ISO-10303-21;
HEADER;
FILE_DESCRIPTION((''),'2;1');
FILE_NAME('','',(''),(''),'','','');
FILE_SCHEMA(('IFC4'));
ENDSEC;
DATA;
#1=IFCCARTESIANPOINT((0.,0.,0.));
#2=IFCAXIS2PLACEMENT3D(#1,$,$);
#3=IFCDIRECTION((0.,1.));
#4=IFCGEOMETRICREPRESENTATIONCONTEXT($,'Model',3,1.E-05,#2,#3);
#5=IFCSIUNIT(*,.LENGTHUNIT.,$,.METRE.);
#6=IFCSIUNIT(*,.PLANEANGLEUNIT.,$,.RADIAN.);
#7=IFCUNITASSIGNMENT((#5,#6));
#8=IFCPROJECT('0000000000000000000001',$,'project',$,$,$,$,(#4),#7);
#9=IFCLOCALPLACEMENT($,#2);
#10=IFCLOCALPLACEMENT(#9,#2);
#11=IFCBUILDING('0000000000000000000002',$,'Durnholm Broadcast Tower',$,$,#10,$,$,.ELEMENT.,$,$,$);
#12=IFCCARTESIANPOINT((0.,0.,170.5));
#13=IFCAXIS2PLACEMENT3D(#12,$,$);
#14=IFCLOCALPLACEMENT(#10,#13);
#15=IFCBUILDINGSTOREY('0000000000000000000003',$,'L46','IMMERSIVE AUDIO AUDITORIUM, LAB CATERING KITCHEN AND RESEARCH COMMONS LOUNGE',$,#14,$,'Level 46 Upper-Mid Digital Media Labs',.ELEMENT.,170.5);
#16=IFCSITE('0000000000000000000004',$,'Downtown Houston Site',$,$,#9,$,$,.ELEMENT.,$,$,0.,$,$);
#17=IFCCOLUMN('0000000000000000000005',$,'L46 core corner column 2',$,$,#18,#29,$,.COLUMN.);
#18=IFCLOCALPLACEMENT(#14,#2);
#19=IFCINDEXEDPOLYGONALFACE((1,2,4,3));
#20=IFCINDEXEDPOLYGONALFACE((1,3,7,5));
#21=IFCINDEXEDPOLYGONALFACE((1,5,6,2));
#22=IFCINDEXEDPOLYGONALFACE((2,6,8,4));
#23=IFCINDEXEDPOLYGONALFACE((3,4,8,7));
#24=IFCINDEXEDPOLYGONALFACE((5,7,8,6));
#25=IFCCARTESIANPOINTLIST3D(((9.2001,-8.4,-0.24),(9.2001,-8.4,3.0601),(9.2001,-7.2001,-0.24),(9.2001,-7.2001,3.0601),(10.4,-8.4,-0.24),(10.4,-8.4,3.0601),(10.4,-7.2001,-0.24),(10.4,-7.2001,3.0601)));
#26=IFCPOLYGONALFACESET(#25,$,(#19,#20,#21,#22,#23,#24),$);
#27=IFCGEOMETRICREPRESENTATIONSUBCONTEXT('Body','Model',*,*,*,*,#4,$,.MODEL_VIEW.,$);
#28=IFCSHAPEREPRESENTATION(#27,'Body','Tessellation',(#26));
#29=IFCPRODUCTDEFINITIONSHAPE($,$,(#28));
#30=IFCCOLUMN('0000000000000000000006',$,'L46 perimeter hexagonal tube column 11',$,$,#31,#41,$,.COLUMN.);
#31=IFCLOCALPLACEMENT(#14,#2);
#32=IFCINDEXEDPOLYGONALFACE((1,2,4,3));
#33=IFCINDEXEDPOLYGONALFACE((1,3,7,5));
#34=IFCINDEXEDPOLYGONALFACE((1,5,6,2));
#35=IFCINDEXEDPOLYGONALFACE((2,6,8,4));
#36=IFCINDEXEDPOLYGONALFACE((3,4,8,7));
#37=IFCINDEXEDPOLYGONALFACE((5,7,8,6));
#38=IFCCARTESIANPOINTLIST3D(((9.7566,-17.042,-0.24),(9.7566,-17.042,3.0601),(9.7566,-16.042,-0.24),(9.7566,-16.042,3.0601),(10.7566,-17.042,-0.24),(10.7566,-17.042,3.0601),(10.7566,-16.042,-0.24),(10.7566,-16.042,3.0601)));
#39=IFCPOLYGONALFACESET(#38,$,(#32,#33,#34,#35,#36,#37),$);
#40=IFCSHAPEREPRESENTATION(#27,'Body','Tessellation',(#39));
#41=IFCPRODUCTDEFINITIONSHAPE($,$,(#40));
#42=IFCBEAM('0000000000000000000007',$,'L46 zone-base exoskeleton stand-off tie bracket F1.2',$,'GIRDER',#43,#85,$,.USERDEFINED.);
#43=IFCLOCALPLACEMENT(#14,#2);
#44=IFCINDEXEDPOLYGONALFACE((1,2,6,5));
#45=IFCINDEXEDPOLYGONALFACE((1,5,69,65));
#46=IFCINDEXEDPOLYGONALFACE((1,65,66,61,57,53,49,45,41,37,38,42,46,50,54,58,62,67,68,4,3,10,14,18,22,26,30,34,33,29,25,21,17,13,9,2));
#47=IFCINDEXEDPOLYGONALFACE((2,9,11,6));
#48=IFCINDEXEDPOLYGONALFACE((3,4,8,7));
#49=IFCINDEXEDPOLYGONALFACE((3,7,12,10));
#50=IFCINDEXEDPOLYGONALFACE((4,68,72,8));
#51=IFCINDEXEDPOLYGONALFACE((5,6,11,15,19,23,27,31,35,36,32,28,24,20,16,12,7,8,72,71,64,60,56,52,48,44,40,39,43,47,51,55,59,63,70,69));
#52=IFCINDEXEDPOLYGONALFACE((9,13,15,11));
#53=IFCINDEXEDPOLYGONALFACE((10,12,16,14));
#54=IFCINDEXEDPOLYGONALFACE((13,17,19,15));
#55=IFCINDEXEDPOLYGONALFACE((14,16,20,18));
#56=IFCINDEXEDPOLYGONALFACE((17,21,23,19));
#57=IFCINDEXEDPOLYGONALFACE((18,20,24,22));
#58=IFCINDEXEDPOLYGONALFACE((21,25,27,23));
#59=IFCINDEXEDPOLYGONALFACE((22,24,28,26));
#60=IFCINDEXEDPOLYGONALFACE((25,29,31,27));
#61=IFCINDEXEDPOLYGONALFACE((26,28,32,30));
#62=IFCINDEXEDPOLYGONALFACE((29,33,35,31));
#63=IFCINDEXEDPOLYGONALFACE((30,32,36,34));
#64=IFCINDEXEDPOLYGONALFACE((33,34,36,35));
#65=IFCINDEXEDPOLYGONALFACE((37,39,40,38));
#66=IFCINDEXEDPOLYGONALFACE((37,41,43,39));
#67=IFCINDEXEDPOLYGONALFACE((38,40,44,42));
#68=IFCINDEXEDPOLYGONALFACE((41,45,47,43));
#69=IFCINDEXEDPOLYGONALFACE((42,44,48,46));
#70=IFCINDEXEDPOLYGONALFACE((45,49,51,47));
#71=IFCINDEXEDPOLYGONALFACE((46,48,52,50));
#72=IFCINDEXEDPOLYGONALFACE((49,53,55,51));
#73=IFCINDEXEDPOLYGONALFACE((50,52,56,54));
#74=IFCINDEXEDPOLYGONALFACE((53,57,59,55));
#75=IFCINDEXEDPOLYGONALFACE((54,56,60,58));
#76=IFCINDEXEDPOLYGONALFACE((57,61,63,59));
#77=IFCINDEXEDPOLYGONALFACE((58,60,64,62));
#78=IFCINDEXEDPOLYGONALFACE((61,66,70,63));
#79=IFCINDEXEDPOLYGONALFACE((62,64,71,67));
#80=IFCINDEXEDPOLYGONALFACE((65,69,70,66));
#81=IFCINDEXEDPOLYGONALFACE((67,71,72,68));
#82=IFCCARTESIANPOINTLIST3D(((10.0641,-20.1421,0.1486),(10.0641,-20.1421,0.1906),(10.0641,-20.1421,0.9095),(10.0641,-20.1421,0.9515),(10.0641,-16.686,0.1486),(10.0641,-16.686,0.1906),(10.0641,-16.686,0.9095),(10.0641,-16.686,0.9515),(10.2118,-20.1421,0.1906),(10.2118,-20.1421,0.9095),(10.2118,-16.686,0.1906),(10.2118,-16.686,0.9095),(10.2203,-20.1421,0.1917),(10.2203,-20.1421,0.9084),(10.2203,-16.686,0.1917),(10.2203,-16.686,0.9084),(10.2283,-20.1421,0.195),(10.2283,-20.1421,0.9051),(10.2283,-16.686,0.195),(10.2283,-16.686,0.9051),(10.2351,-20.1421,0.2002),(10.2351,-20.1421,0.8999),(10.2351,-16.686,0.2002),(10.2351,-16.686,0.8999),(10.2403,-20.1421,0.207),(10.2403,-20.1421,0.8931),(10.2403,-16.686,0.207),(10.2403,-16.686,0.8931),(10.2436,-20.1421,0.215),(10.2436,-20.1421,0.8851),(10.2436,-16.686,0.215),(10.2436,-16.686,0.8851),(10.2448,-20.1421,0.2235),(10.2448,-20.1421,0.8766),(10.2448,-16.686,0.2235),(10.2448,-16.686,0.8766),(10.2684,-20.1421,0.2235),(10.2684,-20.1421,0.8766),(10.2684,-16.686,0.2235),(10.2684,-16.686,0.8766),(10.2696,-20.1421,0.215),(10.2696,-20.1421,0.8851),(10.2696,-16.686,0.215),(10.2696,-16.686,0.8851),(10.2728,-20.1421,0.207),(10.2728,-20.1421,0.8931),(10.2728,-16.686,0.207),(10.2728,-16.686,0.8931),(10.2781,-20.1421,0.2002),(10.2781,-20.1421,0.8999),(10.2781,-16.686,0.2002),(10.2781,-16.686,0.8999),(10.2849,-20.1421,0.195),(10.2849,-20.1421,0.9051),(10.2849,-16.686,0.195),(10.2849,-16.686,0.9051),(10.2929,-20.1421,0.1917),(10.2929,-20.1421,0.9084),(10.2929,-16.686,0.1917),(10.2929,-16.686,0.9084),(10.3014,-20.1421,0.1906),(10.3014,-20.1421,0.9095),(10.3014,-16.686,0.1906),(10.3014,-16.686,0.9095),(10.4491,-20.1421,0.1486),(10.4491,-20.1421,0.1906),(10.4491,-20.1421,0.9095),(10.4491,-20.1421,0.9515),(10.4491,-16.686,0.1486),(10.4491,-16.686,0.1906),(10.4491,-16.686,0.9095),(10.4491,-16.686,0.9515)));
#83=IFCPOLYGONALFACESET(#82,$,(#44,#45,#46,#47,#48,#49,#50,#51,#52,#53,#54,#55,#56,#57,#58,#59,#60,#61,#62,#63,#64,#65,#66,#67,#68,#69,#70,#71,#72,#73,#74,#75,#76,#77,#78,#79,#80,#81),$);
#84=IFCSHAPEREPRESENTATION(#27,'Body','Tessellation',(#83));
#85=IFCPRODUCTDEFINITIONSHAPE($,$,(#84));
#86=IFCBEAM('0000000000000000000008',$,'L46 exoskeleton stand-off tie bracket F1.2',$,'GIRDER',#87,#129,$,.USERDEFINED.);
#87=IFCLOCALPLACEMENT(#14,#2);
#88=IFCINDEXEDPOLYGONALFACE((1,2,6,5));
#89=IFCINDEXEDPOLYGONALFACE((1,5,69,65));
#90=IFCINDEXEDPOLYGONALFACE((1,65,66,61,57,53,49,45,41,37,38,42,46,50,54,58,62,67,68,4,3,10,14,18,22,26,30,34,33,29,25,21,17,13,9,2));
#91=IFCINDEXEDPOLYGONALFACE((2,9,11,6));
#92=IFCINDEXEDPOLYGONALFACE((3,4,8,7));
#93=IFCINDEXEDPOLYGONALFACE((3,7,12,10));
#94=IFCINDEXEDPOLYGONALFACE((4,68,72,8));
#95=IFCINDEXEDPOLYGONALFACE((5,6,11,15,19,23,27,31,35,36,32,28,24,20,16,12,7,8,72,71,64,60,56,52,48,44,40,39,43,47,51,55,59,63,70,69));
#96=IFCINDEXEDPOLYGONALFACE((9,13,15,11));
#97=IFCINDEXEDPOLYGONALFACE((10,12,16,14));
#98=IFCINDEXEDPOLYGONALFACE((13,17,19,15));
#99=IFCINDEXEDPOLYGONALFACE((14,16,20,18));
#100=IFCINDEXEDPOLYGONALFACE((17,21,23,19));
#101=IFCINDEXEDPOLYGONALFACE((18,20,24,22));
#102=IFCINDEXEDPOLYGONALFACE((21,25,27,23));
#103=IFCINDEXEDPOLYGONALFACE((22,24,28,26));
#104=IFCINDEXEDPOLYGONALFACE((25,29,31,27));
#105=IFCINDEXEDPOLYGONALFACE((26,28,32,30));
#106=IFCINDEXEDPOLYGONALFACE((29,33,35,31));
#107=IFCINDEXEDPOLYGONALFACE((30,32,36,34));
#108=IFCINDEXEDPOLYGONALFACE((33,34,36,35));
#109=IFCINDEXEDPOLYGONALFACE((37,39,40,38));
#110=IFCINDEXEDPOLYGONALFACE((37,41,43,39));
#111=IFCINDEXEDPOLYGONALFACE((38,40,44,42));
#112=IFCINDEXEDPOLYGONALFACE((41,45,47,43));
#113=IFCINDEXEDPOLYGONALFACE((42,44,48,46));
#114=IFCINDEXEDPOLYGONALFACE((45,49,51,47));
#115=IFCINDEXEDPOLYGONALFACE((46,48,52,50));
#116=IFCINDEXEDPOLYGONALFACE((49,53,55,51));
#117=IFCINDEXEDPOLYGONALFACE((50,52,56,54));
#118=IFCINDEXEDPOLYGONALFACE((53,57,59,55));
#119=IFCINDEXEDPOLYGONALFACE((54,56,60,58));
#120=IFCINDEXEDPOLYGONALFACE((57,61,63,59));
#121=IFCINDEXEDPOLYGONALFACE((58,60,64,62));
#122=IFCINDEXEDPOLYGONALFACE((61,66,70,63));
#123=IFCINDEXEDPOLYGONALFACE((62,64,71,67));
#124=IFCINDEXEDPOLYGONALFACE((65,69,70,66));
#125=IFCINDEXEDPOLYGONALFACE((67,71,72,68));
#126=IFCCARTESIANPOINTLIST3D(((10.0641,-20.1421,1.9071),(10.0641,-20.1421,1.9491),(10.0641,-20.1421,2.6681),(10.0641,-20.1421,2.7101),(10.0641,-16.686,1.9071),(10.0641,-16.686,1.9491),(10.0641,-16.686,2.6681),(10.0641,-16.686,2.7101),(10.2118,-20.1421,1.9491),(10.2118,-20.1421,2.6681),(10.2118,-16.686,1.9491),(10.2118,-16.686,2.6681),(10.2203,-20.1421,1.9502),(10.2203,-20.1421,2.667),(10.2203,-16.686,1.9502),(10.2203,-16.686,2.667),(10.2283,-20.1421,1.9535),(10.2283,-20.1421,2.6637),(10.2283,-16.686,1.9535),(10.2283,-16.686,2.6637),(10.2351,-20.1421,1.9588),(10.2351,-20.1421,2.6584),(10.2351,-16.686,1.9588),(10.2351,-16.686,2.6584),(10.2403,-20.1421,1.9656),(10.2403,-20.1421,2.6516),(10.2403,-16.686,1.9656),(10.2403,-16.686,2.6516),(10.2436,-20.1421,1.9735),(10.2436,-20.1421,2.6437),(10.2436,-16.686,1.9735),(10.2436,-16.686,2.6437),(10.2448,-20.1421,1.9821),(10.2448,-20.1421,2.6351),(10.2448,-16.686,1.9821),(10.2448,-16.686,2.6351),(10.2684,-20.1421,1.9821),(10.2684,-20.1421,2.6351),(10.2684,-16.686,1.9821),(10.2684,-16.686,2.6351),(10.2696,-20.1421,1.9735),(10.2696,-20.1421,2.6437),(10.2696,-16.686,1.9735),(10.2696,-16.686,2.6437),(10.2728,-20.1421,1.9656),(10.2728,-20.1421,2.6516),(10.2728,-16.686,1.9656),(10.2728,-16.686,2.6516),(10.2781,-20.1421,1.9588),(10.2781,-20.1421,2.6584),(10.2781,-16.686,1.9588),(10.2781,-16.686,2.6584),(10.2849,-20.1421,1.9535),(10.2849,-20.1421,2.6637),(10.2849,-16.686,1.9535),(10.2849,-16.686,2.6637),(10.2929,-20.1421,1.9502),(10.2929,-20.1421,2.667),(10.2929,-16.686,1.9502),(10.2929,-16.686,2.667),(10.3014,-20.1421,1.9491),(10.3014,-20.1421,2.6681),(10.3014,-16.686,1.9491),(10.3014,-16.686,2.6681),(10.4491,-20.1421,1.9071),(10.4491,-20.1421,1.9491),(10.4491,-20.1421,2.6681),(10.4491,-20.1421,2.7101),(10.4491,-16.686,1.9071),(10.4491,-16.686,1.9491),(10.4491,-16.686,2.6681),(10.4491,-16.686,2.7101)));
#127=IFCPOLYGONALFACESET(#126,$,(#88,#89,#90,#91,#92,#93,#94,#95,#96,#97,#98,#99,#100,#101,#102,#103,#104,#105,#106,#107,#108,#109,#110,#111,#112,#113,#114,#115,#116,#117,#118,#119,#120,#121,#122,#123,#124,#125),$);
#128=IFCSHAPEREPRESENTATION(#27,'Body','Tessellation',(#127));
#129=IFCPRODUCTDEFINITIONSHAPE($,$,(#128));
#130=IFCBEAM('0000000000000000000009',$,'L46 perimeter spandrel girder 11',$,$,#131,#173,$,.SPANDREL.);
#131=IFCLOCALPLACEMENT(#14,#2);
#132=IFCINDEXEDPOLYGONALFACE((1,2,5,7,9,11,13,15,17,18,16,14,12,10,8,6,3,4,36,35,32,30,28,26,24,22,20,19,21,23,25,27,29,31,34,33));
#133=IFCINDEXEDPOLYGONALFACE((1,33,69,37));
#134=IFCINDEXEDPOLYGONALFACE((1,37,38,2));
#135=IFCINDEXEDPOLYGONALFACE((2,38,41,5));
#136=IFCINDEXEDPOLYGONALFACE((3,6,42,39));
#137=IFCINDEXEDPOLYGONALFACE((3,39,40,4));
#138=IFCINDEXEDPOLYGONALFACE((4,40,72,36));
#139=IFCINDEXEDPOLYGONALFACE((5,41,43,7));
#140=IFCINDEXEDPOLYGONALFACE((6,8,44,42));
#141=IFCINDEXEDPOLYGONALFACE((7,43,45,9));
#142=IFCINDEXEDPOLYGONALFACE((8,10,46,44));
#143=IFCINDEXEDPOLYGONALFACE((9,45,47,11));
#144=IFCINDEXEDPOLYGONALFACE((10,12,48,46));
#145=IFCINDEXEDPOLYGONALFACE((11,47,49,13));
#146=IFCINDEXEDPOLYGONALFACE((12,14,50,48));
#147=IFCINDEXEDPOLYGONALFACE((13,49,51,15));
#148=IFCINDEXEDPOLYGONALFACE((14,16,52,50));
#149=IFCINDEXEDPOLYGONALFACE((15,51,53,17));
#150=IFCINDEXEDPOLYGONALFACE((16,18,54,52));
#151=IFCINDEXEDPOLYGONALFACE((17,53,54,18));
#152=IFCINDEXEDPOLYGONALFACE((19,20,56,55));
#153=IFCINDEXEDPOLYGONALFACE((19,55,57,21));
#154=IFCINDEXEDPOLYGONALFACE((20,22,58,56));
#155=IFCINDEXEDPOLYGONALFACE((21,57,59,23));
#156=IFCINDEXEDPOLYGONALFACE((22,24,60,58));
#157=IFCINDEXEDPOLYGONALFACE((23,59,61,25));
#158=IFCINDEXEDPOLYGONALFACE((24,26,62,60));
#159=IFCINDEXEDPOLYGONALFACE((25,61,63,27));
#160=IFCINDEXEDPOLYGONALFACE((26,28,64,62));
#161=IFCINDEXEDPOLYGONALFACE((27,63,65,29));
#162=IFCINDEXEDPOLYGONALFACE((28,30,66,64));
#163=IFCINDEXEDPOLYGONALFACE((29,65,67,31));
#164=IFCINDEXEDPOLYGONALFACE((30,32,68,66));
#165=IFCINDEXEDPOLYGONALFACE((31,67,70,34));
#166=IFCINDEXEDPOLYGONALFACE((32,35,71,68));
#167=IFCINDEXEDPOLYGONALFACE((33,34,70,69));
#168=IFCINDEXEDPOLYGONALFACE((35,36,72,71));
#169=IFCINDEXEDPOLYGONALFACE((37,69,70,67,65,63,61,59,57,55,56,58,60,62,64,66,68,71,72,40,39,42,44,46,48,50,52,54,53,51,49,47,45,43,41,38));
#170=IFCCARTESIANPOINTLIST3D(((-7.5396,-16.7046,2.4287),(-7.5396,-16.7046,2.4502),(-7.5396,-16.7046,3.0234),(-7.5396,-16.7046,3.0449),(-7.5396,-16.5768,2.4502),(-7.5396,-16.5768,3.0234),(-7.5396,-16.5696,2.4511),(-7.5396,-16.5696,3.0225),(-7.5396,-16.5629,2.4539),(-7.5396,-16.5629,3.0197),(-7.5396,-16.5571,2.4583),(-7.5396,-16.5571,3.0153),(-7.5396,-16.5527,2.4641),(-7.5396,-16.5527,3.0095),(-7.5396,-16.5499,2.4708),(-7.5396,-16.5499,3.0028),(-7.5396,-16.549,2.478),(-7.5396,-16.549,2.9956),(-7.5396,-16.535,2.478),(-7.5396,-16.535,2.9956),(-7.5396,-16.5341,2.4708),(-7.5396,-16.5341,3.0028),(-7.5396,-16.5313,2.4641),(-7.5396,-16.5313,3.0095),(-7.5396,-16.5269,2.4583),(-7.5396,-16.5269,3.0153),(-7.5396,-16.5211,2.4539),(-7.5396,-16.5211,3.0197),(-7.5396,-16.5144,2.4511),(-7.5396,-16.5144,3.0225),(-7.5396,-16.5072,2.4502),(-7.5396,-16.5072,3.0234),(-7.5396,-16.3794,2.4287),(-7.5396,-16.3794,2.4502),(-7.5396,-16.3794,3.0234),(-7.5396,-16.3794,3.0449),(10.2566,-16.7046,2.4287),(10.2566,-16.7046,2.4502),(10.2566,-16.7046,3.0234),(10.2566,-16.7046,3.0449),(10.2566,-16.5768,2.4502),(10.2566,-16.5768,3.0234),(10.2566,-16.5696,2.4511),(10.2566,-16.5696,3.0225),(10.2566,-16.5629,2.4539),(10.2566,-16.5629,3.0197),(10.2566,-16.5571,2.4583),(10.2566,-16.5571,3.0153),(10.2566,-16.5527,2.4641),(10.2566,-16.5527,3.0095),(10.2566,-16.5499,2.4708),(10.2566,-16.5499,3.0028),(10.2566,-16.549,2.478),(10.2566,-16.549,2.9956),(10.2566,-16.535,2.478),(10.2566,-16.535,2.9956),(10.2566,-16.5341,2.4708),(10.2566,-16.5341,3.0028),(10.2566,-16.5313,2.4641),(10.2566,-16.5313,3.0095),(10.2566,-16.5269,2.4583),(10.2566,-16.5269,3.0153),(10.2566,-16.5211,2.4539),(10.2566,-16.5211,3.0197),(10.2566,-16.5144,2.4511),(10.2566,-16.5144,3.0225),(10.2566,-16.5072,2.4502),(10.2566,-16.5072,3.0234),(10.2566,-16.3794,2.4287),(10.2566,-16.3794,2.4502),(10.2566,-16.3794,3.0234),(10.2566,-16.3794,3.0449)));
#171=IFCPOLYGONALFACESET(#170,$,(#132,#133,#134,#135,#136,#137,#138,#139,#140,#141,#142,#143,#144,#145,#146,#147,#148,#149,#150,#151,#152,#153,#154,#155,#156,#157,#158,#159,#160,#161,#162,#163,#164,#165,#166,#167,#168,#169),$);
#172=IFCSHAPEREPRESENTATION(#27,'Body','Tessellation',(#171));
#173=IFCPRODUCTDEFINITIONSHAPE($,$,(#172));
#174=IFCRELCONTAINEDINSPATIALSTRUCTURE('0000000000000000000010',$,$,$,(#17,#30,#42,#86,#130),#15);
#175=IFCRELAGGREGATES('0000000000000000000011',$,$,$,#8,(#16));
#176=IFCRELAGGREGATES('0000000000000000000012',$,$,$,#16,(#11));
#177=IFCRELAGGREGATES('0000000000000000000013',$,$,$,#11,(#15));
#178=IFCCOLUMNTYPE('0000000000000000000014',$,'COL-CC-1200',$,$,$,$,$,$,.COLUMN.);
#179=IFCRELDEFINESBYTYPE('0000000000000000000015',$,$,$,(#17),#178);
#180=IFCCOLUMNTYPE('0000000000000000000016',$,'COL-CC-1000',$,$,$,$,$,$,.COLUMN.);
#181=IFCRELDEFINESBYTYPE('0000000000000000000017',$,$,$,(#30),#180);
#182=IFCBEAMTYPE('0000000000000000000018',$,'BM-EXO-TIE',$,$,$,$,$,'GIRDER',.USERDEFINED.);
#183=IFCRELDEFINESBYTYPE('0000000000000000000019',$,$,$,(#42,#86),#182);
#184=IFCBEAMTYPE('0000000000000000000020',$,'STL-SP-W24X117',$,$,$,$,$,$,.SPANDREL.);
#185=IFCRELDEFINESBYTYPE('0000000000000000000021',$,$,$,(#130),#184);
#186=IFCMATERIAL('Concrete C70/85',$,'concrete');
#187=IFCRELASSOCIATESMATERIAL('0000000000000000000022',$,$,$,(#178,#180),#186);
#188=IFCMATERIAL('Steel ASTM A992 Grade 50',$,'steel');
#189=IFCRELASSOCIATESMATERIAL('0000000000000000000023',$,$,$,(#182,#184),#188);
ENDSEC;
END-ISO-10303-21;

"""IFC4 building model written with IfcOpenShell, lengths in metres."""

from ifc_helpers import new_model, si_unit, direction, frame, origin, origin_2d, place, context, subcontext, project, spatial, rectangle, i_section, extrude, source, transform, mapped, material, material_profile, profile_set, type_object, type_shapes, element, save


model = new_model("IFC4")

# Units and contexts
model_context = context("Model", 3, precision=1e-05, world=origin(), true_north=direction((0.0, 1.0)))
body_context = subcontext(model_context, "Body", "Model", "MODEL_VIEW")
ifc_project = project(units=[si_unit("LENGTHUNIT", "METRE"), si_unit("PLANEANGLEUNIT", "RADIAN")], contexts=[model_context])

# Site, building, storey
site_placement = place(None, origin())
site = spatial("IfcSite", under=ifc_project, at=site_placement, Name="Downtown Houston Site", CompositionType="ELEMENT", RefElevation=0.0)
building_placement = place(site_placement, origin())
building = spatial("IfcBuilding", under=site, at=building_placement, Name="Durnholm Broadcast Tower", CompositionType="ELEMENT")
storey_placement = place(building_placement, frame((0.0, 0.0, 170.5)))
storey = spatial("IfcBuildingStorey", under=building, at=storey_placement, Name="L46", Description="IMMERSIVE AUDIO AUDITORIUM, LAB CATERING KITCHEN AND RESEARCH COMMONS LOUNGE", LongName="Level 46 Upper-Mid Digital Media Labs", CompositionType="ELEMENT", Elevation=170.5)

# Columns
ifc_material_1 = material(Name="Concrete C70/85", Category="concrete")
ifc_material_profile_1 = material_profile(ifc_material_1, rectangle(XDim=1.2, YDim=1.2, at=origin_2d()), Name="RC1200X1200")
ifc_profile_set_1 = profile_set([ifc_material_profile_1], Name="Concrete C70/85")
column_type_1 = type_object("IfcColumnType", Name="COL-CC-1200", PredefinedType="COLUMN", material=ifc_profile_set_1)
shared_shape_1 = source(origin(), body_context, "Body", "SweptSolid", [
    extrude(rectangle(XDim=1.2, YDim=1.2, at=origin_2d()), origin(), (0.0, 0.0, 1.0), 3.3),
])
type_shapes(column_type_1, [shared_shape_1])
column_1_placement = place(storey_placement, frame((9.8, -7.8, -0.24), z_axis=(0.0, 0.0, 1.0), x_axis=(1.0, 0.0, 0.0)))
element("IfcColumn", 1, at=column_1_placement, inside=storey, type_object=column_type_1, Name="L46 core corner column 2", PredefinedType="COLUMN", context=body_context, shape_type="MappedRepresentation", body=[
    mapped(shared_shape_1, transform((0.0, 0.0, 0.0), x_axis=(1.0, 0.0, 0.0), y_axis=(0.0, 1.0, 0.0), z_axis=(0.0, 0.0, 1.0), scale=1.0)),
])
ifc_material_profile_2 = material_profile(ifc_material_1, rectangle(XDim=1.0, YDim=1.0, at=origin_2d()), Name="RC1000X1000")
ifc_profile_set_2 = profile_set([ifc_material_profile_2], Name="Concrete C70/85")
column_type_2 = type_object("IfcColumnType", Name="COL-CC-1000", PredefinedType="COLUMN", material=ifc_profile_set_2)
shared_shape_2 = source(origin(), body_context, "Body", "SweptSolid", [
    extrude(rectangle(XDim=1.0, YDim=1.0, at=origin_2d()), origin(), (0.0, 0.0, 1.0), 3.3),
])
type_shapes(column_type_2, [shared_shape_2])
column_2_placement = place(storey_placement, frame((10.2566, -16.542, -0.24), z_axis=(0.0, 0.0, 1.0), x_axis=(1.0, 0.0, 0.0)))
element("IfcColumn", 2, at=column_2_placement, inside=storey, type_object=column_type_2, Name="L46 perimeter hexagonal tube column 11", PredefinedType="COLUMN", context=body_context, shape_type="MappedRepresentation", body=[
    mapped(shared_shape_2, transform((0.0, 0.0, 0.0), x_axis=(1.0, 0.0, 0.0), y_axis=(0.0, 1.0, 0.0), z_axis=(0.0, 0.0, 1.0), scale=1.0)),
])

# Beams
ifc_material_2 = material(Name="Steel ASTM A992 Grade 50", Category="steel")
ifc_material_profile_3 = material_profile(ifc_material_2, i_section(OverallWidth=0.385, OverallDepth=0.803, WebThickness=0.0237, FlangeThickness=0.042, FilletRadius=0.033, at=origin_2d()), Name="W30X261")
ifc_profile_set_3 = profile_set([ifc_material_profile_3], Name="Steel ASTM A992 Grade 50")
beam_type_1 = type_object("IfcBeamType", Name="BM-EXO-TIE", ElementType="GIRDER", PredefinedType="USERDEFINED", material=ifc_profile_set_3)
shared_shape_3 = source(origin(), body_context, "Body", "SweptSolid", [
    extrude(i_section(OverallWidth=0.385, OverallDepth=0.803, WebThickness=0.0237, FlangeThickness=0.042, FilletRadius=0.033, at=origin_2d()), origin(), (0.0, 0.0, 1.0), 3.4561),
])
type_shapes(beam_type_1, [shared_shape_3])
for number, where, z_axis, x_axis, name in (
    (3, (10.2566, -16.686, 0.55), (0.0, -1.0, 0.0), (1.0, 0.0, 0.0), "L46 zone-base exoskeleton stand-off tie bracket F1.2"),
    (4, (10.2566, -16.686, 2.3086), (0.0, -1.0, 0.0), (1.0, 0.0, 0.0), "L46 exoskeleton stand-off tie bracket F1.2"),
):
    element("IfcBeam", number, at=place(storey_placement, frame(where, z_axis=z_axis, x_axis=x_axis)), inside=storey, type_object=beam_type_1, Name=name, ObjectType="GIRDER", PredefinedType="USERDEFINED", context=body_context, shape_type="MappedRepresentation", body=[
        mapped(shared_shape_3, transform((0.0, 0.0, 0.0), x_axis=(1.0, 0.0, 0.0), y_axis=(0.0, 1.0, 0.0), z_axis=(0.0, 0.0, 1.0), scale=1.0)),
    ])
ifc_material_profile_4 = material_profile(ifc_material_2, i_section(OverallWidth=0.3252, OverallDepth=0.6162, WebThickness=0.0139, FlangeThickness=0.0215, FilletRadius=0.0278, at=origin_2d()), Name="W24X117")
ifc_profile_set_4 = profile_set([ifc_material_profile_4], Name="Steel ASTM A992 Grade 50")
beam_type_2 = type_object("IfcBeamType", Name="STL-SP-W24X117", PredefinedType="SPANDREL", material=ifc_profile_set_4)
shared_shape_4 = source(origin(), body_context, "Body", "SweptSolid", [
    extrude(i_section(OverallWidth=0.3252, OverallDepth=0.6162, WebThickness=0.0139, FlangeThickness=0.0215, FilletRadius=0.0278, at=origin_2d()), origin(), (0.0, 0.0, 1.0), 17.7961),
])
type_shapes(beam_type_2, [shared_shape_4])
beam_1_placement = place(storey_placement, frame((10.2566, -16.542, 2.7368), z_axis=(-1.0, 0.0, 0.0), x_axis=(0.0, -1.0, 0.0)))
element("IfcBeam", 5, at=beam_1_placement, inside=storey, type_object=beam_type_2, Name="L46 perimeter spandrel girder 11", PredefinedType="SPANDREL", context=body_context, shape_type="MappedRepresentation", body=[
    mapped(shared_shape_4, transform((0.0, 0.0, 0.0), x_axis=(1.0, 0.0, 0.0), y_axis=(0.0, 1.0, 0.0), z_axis=(0.0, 0.0, 1.0), scale=1.0)),
])

save(model, "model.ifc")
